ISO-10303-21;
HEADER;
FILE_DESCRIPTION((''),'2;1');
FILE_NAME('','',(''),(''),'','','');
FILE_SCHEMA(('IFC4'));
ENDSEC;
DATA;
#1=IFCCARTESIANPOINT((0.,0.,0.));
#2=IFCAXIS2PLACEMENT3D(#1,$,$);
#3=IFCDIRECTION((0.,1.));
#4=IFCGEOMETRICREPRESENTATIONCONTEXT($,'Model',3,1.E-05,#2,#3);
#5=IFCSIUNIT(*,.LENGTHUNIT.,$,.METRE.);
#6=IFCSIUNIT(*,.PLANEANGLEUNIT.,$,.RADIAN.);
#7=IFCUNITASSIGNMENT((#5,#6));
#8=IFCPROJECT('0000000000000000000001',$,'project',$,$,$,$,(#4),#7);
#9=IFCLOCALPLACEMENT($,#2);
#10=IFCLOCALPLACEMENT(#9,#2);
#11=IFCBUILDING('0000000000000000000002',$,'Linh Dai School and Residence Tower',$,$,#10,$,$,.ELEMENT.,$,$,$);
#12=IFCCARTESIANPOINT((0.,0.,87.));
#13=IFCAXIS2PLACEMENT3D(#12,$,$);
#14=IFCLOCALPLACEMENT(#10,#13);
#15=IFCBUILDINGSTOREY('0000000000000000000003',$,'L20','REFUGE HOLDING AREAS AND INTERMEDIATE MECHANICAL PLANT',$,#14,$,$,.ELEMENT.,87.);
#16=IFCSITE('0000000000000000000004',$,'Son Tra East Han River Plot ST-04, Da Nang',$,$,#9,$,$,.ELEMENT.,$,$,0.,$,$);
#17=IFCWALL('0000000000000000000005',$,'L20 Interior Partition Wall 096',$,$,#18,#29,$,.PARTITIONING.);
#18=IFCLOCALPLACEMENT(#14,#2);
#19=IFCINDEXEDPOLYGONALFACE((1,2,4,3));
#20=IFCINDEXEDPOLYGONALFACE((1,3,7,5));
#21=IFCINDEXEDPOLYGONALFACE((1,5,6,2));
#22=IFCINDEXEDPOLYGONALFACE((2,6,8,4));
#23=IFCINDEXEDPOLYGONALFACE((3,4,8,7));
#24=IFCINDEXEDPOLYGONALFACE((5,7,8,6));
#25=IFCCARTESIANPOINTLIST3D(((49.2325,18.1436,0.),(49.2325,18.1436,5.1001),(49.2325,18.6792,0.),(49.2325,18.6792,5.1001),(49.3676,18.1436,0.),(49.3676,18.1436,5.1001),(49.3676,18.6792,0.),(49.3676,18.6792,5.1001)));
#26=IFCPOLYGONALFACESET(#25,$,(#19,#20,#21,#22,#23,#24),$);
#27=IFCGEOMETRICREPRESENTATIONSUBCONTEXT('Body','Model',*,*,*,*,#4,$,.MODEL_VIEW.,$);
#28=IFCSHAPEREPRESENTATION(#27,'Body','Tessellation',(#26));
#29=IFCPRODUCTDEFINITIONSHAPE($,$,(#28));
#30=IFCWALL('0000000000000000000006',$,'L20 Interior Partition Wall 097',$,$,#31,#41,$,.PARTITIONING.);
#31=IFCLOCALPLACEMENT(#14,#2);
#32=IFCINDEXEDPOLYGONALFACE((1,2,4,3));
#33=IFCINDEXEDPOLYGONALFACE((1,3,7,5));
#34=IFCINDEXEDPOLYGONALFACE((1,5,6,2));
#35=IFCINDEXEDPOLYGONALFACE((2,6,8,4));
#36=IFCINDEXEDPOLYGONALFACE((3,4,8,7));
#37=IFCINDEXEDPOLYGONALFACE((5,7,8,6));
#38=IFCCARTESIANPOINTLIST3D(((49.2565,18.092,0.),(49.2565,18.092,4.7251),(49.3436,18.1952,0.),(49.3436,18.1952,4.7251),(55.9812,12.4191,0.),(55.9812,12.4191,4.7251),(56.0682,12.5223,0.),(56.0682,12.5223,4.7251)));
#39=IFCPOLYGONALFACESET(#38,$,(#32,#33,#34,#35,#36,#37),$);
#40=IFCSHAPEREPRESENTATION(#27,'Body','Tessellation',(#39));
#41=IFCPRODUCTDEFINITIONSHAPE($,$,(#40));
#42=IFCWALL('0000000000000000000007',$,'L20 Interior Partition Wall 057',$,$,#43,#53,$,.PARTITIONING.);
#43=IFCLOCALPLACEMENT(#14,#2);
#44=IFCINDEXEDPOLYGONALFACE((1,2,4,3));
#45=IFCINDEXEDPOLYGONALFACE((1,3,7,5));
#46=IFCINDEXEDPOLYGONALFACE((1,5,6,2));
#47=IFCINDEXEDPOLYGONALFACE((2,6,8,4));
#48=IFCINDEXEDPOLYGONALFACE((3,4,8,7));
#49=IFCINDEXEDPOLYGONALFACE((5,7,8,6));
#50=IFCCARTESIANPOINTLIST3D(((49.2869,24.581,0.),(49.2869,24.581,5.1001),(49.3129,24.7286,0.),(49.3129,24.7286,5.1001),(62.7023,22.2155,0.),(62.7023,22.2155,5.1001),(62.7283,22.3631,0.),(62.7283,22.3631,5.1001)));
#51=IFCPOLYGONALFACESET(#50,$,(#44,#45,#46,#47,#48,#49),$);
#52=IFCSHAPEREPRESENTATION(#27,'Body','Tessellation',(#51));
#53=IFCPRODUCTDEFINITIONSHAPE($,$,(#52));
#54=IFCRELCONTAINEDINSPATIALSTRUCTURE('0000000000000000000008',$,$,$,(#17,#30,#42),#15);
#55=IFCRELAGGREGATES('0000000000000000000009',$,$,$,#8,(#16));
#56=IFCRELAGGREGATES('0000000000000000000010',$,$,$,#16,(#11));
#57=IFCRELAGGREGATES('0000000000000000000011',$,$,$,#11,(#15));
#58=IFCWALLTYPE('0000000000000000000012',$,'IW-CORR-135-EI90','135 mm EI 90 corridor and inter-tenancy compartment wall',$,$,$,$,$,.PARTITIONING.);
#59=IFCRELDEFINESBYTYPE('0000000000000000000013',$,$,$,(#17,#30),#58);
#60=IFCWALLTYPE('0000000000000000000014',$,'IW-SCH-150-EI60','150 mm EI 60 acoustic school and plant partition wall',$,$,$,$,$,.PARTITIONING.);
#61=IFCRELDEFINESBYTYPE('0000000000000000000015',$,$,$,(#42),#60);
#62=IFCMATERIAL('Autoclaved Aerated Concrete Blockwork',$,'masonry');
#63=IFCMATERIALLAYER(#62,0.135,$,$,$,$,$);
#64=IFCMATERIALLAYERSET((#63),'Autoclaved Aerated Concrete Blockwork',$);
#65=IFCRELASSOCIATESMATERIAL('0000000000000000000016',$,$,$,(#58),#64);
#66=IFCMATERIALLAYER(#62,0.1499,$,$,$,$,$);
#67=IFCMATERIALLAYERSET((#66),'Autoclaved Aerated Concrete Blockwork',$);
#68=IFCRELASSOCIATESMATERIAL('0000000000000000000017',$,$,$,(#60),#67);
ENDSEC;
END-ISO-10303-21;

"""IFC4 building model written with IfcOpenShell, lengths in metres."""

from ifc_helpers import new_model, si_unit, direction, frame, frame_2d, origin, place, context, subcontext, project, spatial, rectangle, extrude, material, layer, layer_set, type_object, element, save


model = new_model("IFC4")

# Units and contexts
model_context = context("Model", 3, precision=1e-05, world=origin(), true_north=direction((0.0, 1.0)))
body_context = subcontext(model_context, "Body", "Model", "MODEL_VIEW")
ifc_project = project(units=[si_unit("LENGTHUNIT", "METRE"), si_unit("PLANEANGLEUNIT", "RADIAN")], contexts=[model_context])

# Site, building, storey
site_placement = place(None, origin())
site = spatial("IfcSite", under=ifc_project, at=site_placement, Name="Son Tra East Han River Plot ST-04, Da Nang", CompositionType="ELEMENT", RefElevation=0.0)
building_placement = place(site_placement, origin())
building = spatial("IfcBuilding", under=site, at=building_placement, Name="Linh Dai School and Residence Tower", CompositionType="ELEMENT")
storey_placement = place(building_placement, frame((0.0, 0.0, 87.0)))
storey = spatial("IfcBuildingStorey", under=building, at=storey_placement, Name="L20", Description="REFUGE HOLDING AREAS AND INTERMEDIATE MECHANICAL PLANT", CompositionType="ELEMENT", Elevation=87.0)

# Shared definitions
ifc_material_1 = material(Name="Autoclaved Aerated Concrete Blockwork", Category="masonry")
ifc_layer_1 = layer(ifc_material_1, 0.135)
ifc_layer_set_1 = layer_set([ifc_layer_1], Name="Autoclaved Aerated Concrete Blockwork")
wall_type_1 = type_object("IfcWallType", Name="IW-CORR-135-EI90", Description="135 mm EI 90 corridor and inter-tenancy compartment wall", PredefinedType="PARTITIONING", material=ifc_layer_set_1)

# Walls
wall_1_placement = place(storey_placement, frame((49.3, 18.6792, 0.0), z_axis=(0.0, 0.0, 1.0), x_axis=(0.0, -1.0, 0.0)))
element("IfcWall", 1, at=wall_1_placement, inside=storey, type_object=wall_type_1, Name="L20 Interior Partition Wall 096", PredefinedType="PARTITIONING", context=body_context, shape_type="SweptSolid", body=[
    extrude(rectangle(XDim=0.5356, YDim=0.135, at=frame_2d((0.2678, 0.0))), origin(), (0.0, 0.0, 1.0), 5.1001),
])
wall_2_placement = place(storey_placement, frame((49.3, 18.1436, 0.0), z_axis=(0.0, 0.0, 1.0), x_axis=(0.76435, -0.644802, 0.0)))
element("IfcWall", 2, at=wall_2_placement, inside=storey, type_object=wall_type_1, Name="L20 Interior Partition Wall 097", PredefinedType="PARTITIONING", context=body_context, shape_type="SweptSolid", body=[
    extrude(rectangle(XDim=8.7979, YDim=0.135, at=frame_2d((4.3989, 0.0))), origin(), (0.0, 0.0, 1.0), 4.7251),
])
ifc_layer_2 = layer(ifc_material_1, 0.1499)
ifc_layer_set_2 = layer_set([ifc_layer_2], Name="Autoclaved Aerated Concrete Blockwork")
wall_type_2 = type_object("IfcWallType", Name="IW-SCH-150-EI60", Description="150 mm EI 60 acoustic school and plant partition wall", PredefinedType="PARTITIONING", material=ifc_layer_set_2)
wall_3_placement = place(storey_placement, frame((49.3, 24.6548, 0.0), z_axis=(0.0, 0.0, 1.0), x_axis=(0.984808, -0.173648, 0.0)))
element("IfcWall", 3, at=wall_3_placement, inside=storey, type_object=wall_type_2, Name="L20 Interior Partition Wall 057", PredefinedType="PARTITIONING", context=body_context, shape_type="SweptSolid", body=[
    extrude(rectangle(XDim=13.6223, YDim=0.1499, at=frame_2d((6.811, 0.0))), origin(), (0.0, 0.0, 1.0), 5.1001),
])

save(model, "model.ifc")
